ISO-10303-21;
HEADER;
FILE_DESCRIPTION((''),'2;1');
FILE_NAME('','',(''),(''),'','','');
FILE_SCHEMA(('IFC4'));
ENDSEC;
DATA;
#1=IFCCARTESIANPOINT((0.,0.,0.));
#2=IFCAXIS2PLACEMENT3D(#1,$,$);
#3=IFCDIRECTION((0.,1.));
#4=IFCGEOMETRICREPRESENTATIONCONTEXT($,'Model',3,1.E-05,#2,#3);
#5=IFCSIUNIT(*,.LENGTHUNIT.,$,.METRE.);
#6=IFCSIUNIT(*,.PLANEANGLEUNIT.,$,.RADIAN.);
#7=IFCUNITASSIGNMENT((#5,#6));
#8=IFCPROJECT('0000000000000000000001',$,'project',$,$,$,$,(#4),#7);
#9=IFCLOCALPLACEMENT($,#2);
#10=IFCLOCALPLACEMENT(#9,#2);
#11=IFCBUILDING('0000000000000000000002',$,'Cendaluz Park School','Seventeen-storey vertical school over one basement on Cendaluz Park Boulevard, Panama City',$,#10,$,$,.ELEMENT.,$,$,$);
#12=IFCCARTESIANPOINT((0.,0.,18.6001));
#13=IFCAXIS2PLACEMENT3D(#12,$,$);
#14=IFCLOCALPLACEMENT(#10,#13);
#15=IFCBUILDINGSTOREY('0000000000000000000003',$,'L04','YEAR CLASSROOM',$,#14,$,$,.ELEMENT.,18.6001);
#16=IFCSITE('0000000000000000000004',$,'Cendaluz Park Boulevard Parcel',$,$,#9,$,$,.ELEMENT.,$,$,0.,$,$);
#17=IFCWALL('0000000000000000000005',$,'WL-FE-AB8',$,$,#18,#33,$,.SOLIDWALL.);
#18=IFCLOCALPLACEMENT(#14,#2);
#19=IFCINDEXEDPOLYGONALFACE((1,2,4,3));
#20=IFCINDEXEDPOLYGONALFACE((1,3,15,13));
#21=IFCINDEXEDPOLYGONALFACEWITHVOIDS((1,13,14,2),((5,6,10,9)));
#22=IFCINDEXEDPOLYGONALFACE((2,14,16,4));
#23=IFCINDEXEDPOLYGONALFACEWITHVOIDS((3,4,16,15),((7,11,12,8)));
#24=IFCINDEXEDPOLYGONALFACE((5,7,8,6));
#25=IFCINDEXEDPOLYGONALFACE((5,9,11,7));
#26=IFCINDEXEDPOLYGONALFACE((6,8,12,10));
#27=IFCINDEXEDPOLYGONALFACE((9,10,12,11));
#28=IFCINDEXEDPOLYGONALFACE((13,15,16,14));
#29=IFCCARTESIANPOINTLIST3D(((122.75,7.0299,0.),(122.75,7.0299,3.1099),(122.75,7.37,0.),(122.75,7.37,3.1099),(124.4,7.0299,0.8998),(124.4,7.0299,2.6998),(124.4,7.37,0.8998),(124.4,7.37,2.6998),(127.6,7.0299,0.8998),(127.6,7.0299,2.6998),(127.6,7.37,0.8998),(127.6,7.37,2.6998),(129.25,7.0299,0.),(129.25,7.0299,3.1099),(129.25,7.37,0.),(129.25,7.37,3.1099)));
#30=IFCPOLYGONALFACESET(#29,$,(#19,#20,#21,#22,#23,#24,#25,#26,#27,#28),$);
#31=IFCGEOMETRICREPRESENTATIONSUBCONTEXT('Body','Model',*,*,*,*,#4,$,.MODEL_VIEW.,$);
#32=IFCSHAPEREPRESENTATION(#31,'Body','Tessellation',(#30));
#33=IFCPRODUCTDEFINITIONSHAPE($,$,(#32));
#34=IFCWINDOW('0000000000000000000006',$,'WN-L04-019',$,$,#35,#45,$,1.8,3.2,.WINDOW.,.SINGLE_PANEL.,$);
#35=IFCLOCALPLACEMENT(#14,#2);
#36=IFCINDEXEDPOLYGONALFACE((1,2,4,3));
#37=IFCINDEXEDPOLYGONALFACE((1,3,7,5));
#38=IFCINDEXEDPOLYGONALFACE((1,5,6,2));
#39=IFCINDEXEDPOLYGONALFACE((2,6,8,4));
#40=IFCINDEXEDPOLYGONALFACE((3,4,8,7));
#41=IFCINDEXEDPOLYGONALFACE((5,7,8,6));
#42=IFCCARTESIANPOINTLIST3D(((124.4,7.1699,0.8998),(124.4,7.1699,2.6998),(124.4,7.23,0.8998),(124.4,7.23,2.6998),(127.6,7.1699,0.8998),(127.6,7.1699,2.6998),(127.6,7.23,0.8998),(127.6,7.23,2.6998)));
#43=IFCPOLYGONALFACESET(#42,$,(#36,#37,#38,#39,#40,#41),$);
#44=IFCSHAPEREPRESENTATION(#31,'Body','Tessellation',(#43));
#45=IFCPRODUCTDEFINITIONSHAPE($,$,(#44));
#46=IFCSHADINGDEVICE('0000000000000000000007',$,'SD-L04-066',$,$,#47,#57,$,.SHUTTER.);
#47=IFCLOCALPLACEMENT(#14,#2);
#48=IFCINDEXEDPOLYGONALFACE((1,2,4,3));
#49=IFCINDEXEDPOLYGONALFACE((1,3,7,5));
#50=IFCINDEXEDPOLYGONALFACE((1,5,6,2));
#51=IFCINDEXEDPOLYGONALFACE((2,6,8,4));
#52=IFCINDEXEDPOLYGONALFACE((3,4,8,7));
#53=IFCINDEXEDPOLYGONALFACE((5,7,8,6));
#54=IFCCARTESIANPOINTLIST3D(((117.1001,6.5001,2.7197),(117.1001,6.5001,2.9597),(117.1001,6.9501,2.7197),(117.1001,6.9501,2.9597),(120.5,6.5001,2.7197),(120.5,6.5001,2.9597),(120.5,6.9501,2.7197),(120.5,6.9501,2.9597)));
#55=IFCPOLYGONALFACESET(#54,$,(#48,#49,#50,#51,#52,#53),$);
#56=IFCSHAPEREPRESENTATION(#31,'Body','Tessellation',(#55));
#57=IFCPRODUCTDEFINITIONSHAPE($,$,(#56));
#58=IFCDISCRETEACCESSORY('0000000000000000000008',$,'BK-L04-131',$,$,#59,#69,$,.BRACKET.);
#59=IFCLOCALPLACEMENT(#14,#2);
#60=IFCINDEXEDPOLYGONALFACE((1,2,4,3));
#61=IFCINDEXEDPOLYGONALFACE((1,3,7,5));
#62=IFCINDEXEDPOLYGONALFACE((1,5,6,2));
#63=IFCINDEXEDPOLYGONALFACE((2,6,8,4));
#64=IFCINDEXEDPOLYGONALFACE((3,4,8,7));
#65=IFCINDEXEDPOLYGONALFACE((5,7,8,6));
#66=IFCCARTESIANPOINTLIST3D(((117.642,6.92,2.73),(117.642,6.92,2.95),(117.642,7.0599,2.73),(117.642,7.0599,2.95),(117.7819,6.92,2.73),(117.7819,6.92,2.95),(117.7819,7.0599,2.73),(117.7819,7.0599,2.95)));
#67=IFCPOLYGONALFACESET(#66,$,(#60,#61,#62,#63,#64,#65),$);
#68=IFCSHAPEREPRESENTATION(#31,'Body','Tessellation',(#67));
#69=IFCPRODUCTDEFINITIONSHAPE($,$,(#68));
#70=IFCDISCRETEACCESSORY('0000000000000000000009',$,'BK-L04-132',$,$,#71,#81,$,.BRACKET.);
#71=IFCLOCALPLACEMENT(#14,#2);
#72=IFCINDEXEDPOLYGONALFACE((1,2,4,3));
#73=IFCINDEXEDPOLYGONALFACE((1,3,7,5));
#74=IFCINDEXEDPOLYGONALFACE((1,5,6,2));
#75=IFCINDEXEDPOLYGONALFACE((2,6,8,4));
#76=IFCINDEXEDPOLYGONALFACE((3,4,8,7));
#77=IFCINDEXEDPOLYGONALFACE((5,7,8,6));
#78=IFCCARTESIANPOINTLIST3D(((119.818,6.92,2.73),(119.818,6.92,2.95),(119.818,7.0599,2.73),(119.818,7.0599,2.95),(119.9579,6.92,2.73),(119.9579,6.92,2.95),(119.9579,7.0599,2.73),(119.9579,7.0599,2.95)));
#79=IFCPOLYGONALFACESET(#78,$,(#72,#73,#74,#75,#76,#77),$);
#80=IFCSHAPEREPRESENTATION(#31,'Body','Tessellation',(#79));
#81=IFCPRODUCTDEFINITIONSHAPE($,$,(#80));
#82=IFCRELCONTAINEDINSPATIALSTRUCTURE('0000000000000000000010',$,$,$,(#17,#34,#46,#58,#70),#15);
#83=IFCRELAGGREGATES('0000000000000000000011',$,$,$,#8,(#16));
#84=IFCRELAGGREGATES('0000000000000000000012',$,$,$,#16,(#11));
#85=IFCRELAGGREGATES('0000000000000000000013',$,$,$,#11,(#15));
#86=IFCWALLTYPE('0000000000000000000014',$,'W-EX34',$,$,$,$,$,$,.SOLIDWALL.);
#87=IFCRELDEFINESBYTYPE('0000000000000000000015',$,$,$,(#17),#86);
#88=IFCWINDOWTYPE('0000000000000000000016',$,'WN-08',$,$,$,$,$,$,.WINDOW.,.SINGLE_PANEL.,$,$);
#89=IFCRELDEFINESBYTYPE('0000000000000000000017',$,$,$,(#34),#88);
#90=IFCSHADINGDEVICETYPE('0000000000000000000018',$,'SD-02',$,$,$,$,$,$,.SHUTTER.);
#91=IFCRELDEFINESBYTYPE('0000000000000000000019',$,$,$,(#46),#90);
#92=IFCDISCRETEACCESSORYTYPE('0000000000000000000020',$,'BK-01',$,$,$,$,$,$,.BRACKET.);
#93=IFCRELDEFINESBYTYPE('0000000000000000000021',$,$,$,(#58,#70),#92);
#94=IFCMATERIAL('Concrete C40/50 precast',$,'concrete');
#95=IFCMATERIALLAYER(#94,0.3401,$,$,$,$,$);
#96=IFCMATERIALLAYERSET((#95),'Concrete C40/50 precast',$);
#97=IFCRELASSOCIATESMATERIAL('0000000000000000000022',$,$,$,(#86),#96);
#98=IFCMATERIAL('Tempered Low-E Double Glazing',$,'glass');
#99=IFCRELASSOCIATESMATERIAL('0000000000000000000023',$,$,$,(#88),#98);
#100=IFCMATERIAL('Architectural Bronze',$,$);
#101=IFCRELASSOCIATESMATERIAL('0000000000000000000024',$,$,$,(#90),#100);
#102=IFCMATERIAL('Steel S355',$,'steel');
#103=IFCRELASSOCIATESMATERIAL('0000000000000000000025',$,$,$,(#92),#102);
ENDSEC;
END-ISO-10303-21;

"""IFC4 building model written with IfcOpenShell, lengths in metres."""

from ifc_helpers import new_model, si_unit, direction, frame, frame_2d, origin, origin_2d, place, context, subcontext, project, spatial, rectangle, extrude, material, layer, layer_set, type_object, element, fill, save


model = new_model("IFC4")

# Units and contexts
model_context = context("Model", 3, precision=1e-05, world=origin(), true_north=direction((0.0, 1.0)))
body_context = subcontext(model_context, "Body", "Model", "MODEL_VIEW")
ifc_project = project(units=[si_unit("LENGTHUNIT", "METRE"), si_unit("PLANEANGLEUNIT", "RADIAN")], contexts=[model_context])

# Site, building, storey
site_placement = place(None, origin())
site = spatial("IfcSite", under=ifc_project, at=site_placement, Name="Cendaluz Park Boulevard Parcel", CompositionType="ELEMENT", RefElevation=0.0)
building_placement = place(site_placement, origin())
building = spatial("IfcBuilding", under=site, at=building_placement, Name="Cendaluz Park School", Description="Seventeen-storey vertical school over one basement on Cendaluz Park Boulevard, Panama City", CompositionType="ELEMENT")
storey_placement = place(building_placement, frame((0.0, 0.0, 18.6001)))
storey = spatial("IfcBuildingStorey", under=building, at=storey_placement, Name="L04", Description="YEAR CLASSROOM", CompositionType="ELEMENT", Elevation=18.6001)

# Wall, opening, window
ifc_material_1 = material(Name="Concrete C40/50 precast", Category="concrete")
ifc_layer_1 = layer(ifc_material_1, 0.3401)
ifc_layer_set_1 = layer_set([ifc_layer_1], Name="Concrete C40/50 precast")
wall_type_1 = type_object("IfcWallType", Name="W-EX34", PredefinedType="SOLIDWALL", material=ifc_layer_set_1)
ifc_material_2 = material(Name="Tempered Low-E Double Glazing", Category="glass")
wall_1_placement = place(storey_placement, frame((122.75, 7.2, 0.0), z_axis=(0.0, 0.0, 1.0), x_axis=(1.0, 0.0, 0.0)))
wall_1 = element("IfcWall", 1, at=wall_1_placement, inside=storey, type_object=wall_type_1, Name="WL-FE-AB8", PredefinedType="SOLIDWALL", context=body_context, shape_type="SweptSolid", body=[
    extrude(rectangle(XDim=6.5, YDim=0.3401, at=frame_2d((3.25, 0.0))), origin(), (0.0, 0.0, 1.0), 3.1099),
])
opening_1_placement = place(wall_1_placement, frame((1.6499, 0.0, 0.8999)))
opening_1 = element("IfcOpeningElement", 2, at=opening_1_placement, cuts=wall_1, PredefinedType="OPENING", context=body_context, shape_type="SweptSolid", body=[
    extrude(rectangle(XDim=3.2, YDim=1.8, at=frame_2d((1.6001, 0.8999))), frame((0.0, 0.1821, 0.0), z_axis=(0.0, -1.0, 0.0), x_axis=(1.0, 0.0, 0.0)), (0.0, 0.0, 1.0), 0.364),
])
window_type_1 = type_object("IfcWindowType", Name="WN-08", PartitioningType="SINGLE_PANEL", PredefinedType="WINDOW", material=ifc_material_2)
window_1_placement = place(opening_1_placement, origin())
window_1 = element("IfcWindow", 3, at=window_1_placement, inside=storey, type_object=window_type_1, Name="WN-L04-019", OverallHeight=1.8, OverallWidth=3.2, PartitioningType="SINGLE_PANEL", PredefinedType="WINDOW", context=body_context, shape_type="SweptSolid", body=[
    extrude(rectangle(XDim=3.2, YDim=1.8, at=frame_2d((1.6001, 0.8999))), frame((0.0, 0.03, 0.0), z_axis=(0.0, -1.0, 0.0), x_axis=(1.0, 0.0, 0.0)), (0.0, 0.0, 1.0), 0.0601),
])
fill(opening_1, window_1)

# Shading device
ifc_material_3 = material(Name="Architectural Bronze")
shading_device_type = type_object("IfcShadingDeviceType", Name="SD-02", PredefinedType="SHUTTER", material=ifc_material_3)
shading_device_placement = place(storey_placement, frame((118.8, 6.7251, 2.7197), z_axis=(0.0, 0.0, 1.0), x_axis=(1.0, 0.0, 0.0)))
element("IfcShadingDevice", 4, at=shading_device_placement, inside=storey, type_object=shading_device_type, Name="SD-L04-066", PredefinedType="SHUTTER", context=body_context, shape_type="SweptSolid", body=[
    extrude(rectangle(XDim=3.3999, YDim=0.45, at=origin_2d()), origin(), (0.0, 0.0, 1.0), 0.24),
])

# Discrete accessories
ifc_material_4 = material(Name="Steel S355", Category="steel")
discrete_accessory_type = type_object("IfcDiscreteAccessoryType", Name="BK-01", PredefinedType="BRACKET", material=ifc_material_4)
for number, where, z_axis, x_axis, name in (
    (5, (117.7119, 6.99, 2.73), (0.0, 0.0, 1.0), (1.0, 0.0, 0.0), "BK-L04-131"),
    (6, (119.8879, 6.99, 2.73), (0.0, 0.0, 1.0), (1.0, 0.0, 0.0), "BK-L04-132"),
):
    element("IfcDiscreteAccessory", number, at=place(storey_placement, frame(where, z_axis=z_axis, x_axis=x_axis)), inside=storey, type_object=discrete_accessory_type, Name=name, PredefinedType="BRACKET", context=body_context, shape_type="SweptSolid", body=[
        extrude(rectangle(XDim=0.1399, YDim=0.1399, at=origin_2d()), origin(), (0.0, 0.0, 1.0), 0.22),
    ])

save(model, "model.ifc")
